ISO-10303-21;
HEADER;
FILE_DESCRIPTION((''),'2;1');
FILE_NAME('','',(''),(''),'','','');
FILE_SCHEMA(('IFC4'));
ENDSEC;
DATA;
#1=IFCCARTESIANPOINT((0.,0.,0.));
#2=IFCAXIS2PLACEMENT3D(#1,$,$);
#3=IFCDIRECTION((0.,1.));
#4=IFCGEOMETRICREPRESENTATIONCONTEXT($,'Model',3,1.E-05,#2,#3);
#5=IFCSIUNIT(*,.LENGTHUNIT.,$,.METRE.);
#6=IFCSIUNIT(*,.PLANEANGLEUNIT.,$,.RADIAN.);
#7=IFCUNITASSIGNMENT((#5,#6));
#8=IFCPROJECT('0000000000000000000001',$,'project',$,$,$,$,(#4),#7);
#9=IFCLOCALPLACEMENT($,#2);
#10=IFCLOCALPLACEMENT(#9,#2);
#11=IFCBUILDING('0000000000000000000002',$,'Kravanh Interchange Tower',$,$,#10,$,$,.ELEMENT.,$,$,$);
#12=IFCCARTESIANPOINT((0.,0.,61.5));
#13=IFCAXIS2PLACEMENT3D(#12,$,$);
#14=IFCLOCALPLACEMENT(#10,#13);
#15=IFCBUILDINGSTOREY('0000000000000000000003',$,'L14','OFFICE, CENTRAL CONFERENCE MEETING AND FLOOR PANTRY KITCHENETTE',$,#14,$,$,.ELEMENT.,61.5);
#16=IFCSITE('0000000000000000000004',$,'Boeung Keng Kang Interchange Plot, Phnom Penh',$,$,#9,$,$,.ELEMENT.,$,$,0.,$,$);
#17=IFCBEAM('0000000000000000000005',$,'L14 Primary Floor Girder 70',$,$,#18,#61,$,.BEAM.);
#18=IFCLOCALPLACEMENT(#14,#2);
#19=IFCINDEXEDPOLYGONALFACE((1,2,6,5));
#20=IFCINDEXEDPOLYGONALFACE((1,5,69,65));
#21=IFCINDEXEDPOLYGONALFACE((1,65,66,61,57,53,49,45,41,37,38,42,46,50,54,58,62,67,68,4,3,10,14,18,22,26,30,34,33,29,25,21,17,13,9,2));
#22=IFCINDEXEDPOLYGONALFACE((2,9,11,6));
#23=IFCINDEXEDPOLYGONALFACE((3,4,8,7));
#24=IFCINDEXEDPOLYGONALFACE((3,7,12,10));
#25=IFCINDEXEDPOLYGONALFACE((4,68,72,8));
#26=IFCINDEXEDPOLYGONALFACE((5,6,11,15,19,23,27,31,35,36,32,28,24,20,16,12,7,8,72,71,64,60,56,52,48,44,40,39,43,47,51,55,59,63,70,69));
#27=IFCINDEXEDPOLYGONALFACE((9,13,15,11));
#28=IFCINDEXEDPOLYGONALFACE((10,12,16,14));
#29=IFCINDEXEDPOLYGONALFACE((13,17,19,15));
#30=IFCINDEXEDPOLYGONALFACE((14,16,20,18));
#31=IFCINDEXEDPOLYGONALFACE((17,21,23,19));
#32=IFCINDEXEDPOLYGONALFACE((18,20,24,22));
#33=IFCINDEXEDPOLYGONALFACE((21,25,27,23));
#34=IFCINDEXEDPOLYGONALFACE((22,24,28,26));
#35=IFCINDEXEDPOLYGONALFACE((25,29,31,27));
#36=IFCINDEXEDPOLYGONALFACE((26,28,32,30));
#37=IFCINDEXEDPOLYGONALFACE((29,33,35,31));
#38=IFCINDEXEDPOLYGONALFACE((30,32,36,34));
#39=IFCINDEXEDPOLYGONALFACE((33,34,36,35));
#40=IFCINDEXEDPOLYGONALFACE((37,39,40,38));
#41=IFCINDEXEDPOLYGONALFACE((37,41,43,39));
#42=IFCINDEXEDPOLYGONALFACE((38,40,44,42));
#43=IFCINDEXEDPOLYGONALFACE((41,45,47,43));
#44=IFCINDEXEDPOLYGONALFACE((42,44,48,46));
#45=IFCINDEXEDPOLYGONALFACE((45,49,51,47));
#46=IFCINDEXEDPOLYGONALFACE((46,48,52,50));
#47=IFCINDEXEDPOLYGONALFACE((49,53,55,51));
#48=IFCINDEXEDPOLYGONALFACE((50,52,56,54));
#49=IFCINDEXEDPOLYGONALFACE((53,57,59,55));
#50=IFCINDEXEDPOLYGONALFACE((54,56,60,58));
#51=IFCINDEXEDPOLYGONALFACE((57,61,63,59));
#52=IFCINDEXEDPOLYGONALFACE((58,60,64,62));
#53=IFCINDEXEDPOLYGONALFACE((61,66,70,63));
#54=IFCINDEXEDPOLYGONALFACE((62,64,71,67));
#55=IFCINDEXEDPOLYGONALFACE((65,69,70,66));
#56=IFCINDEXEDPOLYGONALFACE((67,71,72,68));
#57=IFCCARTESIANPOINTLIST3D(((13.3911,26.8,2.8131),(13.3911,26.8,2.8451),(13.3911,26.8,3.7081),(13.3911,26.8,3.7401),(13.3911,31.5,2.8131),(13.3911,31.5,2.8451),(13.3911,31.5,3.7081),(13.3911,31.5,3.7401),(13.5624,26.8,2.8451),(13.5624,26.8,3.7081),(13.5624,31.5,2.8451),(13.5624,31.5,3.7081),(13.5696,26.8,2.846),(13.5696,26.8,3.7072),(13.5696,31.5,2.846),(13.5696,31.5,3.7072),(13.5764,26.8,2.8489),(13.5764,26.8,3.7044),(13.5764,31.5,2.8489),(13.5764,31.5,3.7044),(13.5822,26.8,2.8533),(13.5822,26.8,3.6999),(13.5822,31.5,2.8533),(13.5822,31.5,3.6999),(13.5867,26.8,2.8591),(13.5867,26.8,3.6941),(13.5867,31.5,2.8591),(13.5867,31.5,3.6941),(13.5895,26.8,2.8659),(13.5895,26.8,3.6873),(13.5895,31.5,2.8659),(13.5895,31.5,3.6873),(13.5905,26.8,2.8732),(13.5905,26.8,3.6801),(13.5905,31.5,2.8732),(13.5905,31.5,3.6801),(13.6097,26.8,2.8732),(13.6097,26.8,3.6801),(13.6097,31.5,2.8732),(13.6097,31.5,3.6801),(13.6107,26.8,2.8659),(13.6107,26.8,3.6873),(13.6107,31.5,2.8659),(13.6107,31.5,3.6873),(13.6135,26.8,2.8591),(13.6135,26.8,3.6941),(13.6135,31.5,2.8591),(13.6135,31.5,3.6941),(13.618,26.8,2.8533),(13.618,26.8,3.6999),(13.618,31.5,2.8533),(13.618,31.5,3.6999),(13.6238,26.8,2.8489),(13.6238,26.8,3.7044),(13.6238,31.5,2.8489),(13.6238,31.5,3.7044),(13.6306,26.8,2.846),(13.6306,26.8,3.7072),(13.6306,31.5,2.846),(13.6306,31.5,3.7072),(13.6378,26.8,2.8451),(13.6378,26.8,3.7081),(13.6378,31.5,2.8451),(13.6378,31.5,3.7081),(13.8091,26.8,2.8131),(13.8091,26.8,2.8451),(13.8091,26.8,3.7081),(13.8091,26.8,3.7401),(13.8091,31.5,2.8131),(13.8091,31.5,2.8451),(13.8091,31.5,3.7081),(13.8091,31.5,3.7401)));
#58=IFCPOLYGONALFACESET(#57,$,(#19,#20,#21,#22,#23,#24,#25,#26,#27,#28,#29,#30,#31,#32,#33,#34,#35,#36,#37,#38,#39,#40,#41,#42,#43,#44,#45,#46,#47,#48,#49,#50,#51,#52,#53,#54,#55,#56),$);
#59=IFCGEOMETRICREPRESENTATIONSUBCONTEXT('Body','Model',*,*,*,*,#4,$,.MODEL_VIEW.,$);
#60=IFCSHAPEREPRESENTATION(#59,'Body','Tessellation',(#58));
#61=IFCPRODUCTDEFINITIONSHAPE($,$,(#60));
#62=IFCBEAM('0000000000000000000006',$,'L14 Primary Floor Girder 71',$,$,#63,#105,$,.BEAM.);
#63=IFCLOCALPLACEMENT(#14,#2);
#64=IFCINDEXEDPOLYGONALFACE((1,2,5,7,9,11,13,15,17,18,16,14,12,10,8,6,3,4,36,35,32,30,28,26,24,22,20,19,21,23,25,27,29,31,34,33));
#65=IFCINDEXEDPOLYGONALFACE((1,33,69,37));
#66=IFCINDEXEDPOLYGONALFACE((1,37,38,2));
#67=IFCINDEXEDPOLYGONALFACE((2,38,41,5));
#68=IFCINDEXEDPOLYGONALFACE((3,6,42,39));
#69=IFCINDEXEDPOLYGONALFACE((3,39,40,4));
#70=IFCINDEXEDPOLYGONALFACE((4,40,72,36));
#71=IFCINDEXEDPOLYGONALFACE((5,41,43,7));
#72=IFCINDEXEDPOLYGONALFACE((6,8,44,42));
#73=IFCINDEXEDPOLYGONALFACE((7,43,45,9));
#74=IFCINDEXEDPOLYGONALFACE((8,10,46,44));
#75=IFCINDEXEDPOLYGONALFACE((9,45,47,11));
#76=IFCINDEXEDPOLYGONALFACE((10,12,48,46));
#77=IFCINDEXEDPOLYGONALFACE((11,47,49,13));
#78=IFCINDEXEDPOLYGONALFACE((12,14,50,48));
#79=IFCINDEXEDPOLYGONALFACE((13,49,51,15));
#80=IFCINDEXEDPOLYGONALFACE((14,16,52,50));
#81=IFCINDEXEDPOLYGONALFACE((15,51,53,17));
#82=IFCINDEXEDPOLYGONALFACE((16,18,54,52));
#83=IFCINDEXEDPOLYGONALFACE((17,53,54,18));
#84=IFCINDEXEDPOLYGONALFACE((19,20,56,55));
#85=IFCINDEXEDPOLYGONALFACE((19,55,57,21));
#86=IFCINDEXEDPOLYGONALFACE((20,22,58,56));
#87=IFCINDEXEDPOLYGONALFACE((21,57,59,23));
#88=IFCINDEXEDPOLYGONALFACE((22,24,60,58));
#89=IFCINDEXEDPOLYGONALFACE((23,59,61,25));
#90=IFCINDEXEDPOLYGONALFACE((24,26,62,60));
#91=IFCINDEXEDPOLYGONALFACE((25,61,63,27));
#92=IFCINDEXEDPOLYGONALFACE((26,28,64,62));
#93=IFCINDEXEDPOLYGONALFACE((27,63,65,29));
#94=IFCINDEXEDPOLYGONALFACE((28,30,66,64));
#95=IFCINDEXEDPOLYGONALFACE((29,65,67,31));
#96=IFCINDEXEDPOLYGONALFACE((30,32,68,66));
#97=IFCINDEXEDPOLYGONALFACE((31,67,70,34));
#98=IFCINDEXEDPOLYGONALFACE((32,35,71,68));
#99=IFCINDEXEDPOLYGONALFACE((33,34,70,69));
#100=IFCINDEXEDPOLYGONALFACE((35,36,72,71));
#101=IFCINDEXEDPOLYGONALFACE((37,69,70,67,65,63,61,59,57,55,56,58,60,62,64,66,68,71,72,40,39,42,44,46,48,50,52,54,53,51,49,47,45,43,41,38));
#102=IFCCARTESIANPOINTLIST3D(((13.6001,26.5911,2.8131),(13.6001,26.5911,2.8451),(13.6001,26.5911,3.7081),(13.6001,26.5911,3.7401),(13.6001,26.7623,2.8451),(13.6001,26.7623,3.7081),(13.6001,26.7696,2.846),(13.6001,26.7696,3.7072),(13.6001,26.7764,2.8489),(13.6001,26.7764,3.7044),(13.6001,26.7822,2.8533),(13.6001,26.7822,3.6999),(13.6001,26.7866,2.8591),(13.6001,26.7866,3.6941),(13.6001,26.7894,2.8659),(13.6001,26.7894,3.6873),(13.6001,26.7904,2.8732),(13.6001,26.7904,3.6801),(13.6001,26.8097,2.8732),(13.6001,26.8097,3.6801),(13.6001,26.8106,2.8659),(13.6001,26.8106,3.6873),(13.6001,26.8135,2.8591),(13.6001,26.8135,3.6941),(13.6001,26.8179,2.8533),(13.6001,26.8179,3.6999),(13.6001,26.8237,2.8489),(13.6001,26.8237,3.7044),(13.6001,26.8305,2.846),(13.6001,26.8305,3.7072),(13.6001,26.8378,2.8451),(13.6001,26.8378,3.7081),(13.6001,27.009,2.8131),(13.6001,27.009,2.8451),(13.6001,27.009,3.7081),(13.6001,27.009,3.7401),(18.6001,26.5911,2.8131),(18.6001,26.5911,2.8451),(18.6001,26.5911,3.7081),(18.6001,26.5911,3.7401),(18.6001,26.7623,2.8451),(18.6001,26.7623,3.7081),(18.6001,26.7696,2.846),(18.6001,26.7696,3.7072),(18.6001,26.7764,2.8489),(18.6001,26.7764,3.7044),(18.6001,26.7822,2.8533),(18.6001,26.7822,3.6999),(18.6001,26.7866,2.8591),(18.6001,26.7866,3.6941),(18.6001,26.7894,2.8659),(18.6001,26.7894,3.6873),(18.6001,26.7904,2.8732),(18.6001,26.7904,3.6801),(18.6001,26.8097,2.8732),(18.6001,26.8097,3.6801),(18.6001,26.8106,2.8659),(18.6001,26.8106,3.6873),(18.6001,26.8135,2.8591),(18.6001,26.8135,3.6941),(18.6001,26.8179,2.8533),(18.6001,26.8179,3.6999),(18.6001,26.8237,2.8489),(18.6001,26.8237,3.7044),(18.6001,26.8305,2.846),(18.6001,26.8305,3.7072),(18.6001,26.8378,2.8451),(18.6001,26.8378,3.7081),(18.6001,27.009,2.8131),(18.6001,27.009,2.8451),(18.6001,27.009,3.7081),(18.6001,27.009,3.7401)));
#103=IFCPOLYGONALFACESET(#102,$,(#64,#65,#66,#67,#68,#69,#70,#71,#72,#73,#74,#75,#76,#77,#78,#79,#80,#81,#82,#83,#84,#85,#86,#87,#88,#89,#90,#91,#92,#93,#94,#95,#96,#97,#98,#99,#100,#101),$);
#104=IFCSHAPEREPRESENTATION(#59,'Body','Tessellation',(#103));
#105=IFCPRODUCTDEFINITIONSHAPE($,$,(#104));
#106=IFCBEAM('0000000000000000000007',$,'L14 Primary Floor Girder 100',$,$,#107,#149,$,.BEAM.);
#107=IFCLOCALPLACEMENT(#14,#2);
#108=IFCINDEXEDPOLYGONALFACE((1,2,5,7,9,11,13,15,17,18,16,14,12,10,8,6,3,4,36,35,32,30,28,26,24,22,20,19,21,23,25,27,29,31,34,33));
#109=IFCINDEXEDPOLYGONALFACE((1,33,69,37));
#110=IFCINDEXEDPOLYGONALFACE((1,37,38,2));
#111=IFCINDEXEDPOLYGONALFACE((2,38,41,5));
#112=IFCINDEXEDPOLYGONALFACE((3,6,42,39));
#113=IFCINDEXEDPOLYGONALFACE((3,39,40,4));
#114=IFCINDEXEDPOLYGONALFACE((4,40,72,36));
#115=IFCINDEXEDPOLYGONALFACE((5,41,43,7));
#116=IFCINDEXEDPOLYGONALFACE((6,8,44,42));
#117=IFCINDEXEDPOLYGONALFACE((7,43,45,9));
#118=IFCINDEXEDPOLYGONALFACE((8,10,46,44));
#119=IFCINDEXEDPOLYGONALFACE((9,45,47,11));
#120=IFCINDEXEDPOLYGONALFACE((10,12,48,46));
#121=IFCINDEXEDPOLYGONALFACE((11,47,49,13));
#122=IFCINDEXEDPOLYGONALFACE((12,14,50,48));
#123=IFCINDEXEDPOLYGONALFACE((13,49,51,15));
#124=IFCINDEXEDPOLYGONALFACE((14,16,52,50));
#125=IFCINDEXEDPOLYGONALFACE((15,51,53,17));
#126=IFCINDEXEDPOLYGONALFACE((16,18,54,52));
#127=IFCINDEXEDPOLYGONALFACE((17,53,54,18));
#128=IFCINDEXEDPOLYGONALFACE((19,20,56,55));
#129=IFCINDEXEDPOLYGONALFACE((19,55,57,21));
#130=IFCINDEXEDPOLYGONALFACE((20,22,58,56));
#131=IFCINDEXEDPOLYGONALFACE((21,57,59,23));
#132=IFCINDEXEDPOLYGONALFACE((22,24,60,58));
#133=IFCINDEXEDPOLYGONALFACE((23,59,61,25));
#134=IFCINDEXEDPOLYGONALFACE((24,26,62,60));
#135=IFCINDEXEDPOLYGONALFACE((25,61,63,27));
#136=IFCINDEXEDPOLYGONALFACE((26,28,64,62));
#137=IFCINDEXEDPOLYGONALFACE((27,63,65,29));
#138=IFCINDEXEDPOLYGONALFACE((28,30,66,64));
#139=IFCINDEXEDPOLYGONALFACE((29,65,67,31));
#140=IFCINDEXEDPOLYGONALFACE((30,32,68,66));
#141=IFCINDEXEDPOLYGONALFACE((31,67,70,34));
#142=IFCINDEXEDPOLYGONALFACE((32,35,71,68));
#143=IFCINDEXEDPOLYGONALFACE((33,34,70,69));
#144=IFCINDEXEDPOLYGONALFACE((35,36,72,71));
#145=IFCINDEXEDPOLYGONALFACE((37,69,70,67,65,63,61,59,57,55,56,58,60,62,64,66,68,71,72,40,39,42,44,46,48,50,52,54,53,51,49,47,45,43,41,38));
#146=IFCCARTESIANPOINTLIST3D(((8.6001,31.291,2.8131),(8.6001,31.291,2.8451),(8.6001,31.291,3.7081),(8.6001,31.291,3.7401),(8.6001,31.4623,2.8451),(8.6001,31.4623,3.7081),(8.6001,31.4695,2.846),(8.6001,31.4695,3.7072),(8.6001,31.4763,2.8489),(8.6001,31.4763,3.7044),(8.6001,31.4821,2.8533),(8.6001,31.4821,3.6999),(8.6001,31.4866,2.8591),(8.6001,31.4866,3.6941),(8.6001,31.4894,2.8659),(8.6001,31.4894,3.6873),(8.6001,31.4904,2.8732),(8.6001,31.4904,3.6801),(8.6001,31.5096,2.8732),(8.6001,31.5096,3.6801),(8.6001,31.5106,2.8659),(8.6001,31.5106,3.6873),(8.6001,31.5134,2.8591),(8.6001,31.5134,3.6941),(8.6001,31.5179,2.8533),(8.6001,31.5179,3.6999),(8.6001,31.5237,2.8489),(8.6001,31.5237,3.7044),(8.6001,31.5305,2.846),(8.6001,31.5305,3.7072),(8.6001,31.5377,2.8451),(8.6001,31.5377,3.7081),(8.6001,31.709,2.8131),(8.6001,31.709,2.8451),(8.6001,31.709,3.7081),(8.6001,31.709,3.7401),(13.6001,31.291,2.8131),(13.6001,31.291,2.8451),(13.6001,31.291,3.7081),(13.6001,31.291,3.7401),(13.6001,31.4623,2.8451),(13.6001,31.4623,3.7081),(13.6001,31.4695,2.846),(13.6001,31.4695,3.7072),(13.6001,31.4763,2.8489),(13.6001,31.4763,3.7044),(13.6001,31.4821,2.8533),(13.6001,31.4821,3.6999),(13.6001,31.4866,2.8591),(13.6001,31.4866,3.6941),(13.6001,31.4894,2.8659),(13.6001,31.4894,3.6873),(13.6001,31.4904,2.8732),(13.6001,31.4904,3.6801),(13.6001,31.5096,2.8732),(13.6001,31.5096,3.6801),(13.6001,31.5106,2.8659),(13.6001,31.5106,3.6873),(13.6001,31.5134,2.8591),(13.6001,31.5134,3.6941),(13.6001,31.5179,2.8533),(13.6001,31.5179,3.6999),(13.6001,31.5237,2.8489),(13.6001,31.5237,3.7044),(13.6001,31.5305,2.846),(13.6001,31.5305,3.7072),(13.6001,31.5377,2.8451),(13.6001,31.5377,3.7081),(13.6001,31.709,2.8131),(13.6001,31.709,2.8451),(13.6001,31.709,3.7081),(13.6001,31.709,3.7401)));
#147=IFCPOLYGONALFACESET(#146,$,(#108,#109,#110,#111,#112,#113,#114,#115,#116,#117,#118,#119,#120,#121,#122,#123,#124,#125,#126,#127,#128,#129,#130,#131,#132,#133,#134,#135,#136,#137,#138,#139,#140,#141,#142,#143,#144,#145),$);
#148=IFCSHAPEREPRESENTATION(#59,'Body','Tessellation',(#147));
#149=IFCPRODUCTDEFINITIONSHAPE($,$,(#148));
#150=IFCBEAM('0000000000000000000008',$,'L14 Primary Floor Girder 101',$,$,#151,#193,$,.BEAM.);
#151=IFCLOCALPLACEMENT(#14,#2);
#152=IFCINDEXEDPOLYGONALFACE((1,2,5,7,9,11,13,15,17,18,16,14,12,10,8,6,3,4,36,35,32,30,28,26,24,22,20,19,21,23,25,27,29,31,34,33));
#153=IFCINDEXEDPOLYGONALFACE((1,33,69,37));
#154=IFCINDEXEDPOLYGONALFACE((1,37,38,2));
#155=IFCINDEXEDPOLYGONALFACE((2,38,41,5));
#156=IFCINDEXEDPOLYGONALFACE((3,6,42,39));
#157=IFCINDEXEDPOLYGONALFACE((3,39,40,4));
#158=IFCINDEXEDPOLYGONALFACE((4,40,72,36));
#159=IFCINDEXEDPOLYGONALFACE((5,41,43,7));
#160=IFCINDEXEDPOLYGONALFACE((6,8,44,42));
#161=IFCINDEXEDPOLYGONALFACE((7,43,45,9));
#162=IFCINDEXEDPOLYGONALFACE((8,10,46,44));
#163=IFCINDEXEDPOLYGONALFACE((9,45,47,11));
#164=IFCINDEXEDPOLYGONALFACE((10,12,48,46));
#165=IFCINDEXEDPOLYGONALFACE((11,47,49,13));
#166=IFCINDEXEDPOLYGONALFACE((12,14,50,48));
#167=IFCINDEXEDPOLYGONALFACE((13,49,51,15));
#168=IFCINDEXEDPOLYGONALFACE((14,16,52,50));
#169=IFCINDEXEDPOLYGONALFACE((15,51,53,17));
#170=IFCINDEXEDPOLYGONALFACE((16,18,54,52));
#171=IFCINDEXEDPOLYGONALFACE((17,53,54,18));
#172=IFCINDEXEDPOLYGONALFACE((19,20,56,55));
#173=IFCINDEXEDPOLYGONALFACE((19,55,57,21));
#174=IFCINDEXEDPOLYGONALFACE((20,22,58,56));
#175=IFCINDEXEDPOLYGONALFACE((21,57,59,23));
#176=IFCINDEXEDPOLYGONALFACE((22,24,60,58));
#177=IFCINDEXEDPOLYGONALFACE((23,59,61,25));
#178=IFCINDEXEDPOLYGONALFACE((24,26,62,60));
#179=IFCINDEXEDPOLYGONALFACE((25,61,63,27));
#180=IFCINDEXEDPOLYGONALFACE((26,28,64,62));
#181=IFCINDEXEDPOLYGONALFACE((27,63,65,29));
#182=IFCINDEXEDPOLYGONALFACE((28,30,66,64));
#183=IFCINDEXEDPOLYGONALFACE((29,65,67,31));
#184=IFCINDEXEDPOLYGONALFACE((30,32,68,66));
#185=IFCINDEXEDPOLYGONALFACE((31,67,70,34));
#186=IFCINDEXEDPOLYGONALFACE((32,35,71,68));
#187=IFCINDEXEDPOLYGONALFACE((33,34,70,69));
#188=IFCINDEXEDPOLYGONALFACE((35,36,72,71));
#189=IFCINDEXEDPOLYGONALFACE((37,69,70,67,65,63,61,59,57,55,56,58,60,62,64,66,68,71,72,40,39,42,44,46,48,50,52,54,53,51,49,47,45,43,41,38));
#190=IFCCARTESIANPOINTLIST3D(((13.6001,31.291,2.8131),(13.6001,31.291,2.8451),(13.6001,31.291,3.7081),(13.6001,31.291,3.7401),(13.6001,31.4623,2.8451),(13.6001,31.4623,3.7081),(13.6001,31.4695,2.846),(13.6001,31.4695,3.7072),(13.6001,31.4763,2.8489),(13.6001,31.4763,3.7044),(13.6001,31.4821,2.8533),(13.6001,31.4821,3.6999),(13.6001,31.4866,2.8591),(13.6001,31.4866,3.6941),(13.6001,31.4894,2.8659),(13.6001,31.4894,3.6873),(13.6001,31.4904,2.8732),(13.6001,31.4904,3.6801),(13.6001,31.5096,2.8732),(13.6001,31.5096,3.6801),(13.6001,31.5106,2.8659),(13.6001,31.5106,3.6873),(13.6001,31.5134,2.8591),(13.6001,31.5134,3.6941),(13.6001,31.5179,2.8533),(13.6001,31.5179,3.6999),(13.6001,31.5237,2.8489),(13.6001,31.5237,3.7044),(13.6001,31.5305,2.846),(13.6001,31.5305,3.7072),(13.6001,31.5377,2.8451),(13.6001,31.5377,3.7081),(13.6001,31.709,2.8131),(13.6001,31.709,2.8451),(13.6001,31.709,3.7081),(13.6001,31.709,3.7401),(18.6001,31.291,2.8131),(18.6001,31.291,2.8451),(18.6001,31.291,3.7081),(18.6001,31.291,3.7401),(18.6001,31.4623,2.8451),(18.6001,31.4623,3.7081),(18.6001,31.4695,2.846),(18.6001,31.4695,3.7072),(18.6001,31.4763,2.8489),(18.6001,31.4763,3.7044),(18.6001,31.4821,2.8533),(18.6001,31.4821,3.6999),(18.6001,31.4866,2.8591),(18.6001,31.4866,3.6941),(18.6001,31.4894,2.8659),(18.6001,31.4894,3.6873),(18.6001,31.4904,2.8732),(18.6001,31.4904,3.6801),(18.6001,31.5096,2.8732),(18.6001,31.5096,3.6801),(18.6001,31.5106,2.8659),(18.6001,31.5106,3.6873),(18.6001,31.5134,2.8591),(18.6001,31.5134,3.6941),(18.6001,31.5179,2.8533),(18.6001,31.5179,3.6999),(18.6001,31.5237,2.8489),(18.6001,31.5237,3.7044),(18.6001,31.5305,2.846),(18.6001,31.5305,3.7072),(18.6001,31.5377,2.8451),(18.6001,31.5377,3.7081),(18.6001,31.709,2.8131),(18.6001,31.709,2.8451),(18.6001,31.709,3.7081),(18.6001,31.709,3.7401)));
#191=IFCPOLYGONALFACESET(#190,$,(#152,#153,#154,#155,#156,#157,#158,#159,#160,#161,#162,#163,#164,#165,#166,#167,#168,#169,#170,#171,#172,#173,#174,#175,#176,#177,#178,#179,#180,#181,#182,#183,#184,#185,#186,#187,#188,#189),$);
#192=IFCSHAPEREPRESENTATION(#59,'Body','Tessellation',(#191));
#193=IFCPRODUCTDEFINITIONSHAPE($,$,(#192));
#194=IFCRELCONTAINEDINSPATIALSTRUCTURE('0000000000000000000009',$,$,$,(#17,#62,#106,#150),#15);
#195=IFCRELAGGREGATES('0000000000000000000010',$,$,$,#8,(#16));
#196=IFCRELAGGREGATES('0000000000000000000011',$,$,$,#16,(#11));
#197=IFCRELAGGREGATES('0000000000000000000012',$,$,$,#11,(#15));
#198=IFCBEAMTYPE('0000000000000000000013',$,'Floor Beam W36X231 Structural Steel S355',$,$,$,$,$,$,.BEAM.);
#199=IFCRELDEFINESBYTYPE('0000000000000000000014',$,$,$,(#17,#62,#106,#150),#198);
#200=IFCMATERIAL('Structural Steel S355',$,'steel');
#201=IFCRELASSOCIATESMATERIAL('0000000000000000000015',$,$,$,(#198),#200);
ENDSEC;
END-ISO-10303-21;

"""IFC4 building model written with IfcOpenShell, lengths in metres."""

from ifc_helpers import new_model, si_unit, direction, frame, origin, origin_2d, place, context, subcontext, project, spatial, i_section, extrude, material, material_profile, profile_set, type_object, element, save


model = new_model("IFC4")

# Units and contexts
model_context = context("Model", 3, precision=1e-05, world=origin(), true_north=direction((0.0, 1.0)))
body_context = subcontext(model_context, "Body", "Model", "MODEL_VIEW")
ifc_project = project(units=[si_unit("LENGTHUNIT", "METRE"), si_unit("PLANEANGLEUNIT", "RADIAN")], contexts=[model_context])

# Site, building, storey
site_placement = place(None, origin())
site = spatial("IfcSite", under=ifc_project, at=site_placement, Name="Boeung Keng Kang Interchange Plot, Phnom Penh", CompositionType="ELEMENT", RefElevation=0.0)
building_placement = place(site_placement, origin())
building = spatial("IfcBuilding", under=site, at=building_placement, Name="Kravanh Interchange Tower", CompositionType="ELEMENT")
storey_placement = place(building_placement, frame((0.0, 0.0, 61.5)))
storey = spatial("IfcBuildingStorey", under=building, at=storey_placement, Name="L14", Description="OFFICE, CENTRAL CONFERENCE MEETING AND FLOOR PANTRY KITCHENETTE", CompositionType="ELEMENT", Elevation=61.5)

# Beams
ifc_material_1 = material(Name="Structural Steel S355", Category="steel")
ifc_material_profile_1 = material_profile(ifc_material_1, i_section(OverallWidth=0.418, OverallDepth=0.927, WebThickness=0.0193, FlangeThickness=0.032, FilletRadius=0.0281, at=origin_2d()), Name="W36X231")
ifc_profile_set_1 = profile_set([ifc_material_profile_1], Name="Structural Steel S355")
beam_type_1 = type_object("IfcBeamType", Name="Floor Beam W36X231 Structural Steel S355", PredefinedType="BEAM", material=ifc_profile_set_1)
beam_1_placement = place(storey_placement, frame((13.6001, 26.8, 3.2766), z_axis=(0.0, 1.0, 0.0), x_axis=(-1.0, 0.0, 0.0)))
element("IfcBeam", 1, at=beam_1_placement, inside=storey, type_object=beam_type_1, Name="L14 Primary Floor Girder 70", PredefinedType="BEAM", context=body_context, shape_type="SweptSolid", body=[
    extrude(i_section(OverallWidth=0.418, OverallDepth=0.927, WebThickness=0.0193, FlangeThickness=0.032, FilletRadius=0.0281, at=origin_2d()), origin(), (0.0, 0.0, 1.0), 4.7),
])
for number, where, z_axis, x_axis, name in (
    (2, (13.6001, 26.8, 3.2766), (1.0, 0.0, 0.0), (0.0, 1.0, 0.0), "L14 Primary Floor Girder 71"),
    (3, (8.6001, 31.5, 3.2766), (1.0, 0.0, 0.0), (0.0, 1.0, 0.0), "L14 Primary Floor Girder 100"),
    (4, (13.6001, 31.5, 3.2766), (1.0, 0.0, 0.0), (0.0, 1.0, 0.0), "L14 Primary Floor Girder 101"),
):
    element("IfcBeam", number, at=place(storey_placement, frame(where, z_axis=z_axis, x_axis=x_axis)), inside=storey, type_object=beam_type_1, Name=name, PredefinedType="BEAM", context=body_context, shape_type="SweptSolid", body=[
        extrude(i_section(OverallWidth=0.418, OverallDepth=0.927, WebThickness=0.0193, FlangeThickness=0.032, FilletRadius=0.0281, at=origin_2d()), origin(), (0.0, 0.0, 1.0), 5.0),
    ])

save(model, "model.ifc")
